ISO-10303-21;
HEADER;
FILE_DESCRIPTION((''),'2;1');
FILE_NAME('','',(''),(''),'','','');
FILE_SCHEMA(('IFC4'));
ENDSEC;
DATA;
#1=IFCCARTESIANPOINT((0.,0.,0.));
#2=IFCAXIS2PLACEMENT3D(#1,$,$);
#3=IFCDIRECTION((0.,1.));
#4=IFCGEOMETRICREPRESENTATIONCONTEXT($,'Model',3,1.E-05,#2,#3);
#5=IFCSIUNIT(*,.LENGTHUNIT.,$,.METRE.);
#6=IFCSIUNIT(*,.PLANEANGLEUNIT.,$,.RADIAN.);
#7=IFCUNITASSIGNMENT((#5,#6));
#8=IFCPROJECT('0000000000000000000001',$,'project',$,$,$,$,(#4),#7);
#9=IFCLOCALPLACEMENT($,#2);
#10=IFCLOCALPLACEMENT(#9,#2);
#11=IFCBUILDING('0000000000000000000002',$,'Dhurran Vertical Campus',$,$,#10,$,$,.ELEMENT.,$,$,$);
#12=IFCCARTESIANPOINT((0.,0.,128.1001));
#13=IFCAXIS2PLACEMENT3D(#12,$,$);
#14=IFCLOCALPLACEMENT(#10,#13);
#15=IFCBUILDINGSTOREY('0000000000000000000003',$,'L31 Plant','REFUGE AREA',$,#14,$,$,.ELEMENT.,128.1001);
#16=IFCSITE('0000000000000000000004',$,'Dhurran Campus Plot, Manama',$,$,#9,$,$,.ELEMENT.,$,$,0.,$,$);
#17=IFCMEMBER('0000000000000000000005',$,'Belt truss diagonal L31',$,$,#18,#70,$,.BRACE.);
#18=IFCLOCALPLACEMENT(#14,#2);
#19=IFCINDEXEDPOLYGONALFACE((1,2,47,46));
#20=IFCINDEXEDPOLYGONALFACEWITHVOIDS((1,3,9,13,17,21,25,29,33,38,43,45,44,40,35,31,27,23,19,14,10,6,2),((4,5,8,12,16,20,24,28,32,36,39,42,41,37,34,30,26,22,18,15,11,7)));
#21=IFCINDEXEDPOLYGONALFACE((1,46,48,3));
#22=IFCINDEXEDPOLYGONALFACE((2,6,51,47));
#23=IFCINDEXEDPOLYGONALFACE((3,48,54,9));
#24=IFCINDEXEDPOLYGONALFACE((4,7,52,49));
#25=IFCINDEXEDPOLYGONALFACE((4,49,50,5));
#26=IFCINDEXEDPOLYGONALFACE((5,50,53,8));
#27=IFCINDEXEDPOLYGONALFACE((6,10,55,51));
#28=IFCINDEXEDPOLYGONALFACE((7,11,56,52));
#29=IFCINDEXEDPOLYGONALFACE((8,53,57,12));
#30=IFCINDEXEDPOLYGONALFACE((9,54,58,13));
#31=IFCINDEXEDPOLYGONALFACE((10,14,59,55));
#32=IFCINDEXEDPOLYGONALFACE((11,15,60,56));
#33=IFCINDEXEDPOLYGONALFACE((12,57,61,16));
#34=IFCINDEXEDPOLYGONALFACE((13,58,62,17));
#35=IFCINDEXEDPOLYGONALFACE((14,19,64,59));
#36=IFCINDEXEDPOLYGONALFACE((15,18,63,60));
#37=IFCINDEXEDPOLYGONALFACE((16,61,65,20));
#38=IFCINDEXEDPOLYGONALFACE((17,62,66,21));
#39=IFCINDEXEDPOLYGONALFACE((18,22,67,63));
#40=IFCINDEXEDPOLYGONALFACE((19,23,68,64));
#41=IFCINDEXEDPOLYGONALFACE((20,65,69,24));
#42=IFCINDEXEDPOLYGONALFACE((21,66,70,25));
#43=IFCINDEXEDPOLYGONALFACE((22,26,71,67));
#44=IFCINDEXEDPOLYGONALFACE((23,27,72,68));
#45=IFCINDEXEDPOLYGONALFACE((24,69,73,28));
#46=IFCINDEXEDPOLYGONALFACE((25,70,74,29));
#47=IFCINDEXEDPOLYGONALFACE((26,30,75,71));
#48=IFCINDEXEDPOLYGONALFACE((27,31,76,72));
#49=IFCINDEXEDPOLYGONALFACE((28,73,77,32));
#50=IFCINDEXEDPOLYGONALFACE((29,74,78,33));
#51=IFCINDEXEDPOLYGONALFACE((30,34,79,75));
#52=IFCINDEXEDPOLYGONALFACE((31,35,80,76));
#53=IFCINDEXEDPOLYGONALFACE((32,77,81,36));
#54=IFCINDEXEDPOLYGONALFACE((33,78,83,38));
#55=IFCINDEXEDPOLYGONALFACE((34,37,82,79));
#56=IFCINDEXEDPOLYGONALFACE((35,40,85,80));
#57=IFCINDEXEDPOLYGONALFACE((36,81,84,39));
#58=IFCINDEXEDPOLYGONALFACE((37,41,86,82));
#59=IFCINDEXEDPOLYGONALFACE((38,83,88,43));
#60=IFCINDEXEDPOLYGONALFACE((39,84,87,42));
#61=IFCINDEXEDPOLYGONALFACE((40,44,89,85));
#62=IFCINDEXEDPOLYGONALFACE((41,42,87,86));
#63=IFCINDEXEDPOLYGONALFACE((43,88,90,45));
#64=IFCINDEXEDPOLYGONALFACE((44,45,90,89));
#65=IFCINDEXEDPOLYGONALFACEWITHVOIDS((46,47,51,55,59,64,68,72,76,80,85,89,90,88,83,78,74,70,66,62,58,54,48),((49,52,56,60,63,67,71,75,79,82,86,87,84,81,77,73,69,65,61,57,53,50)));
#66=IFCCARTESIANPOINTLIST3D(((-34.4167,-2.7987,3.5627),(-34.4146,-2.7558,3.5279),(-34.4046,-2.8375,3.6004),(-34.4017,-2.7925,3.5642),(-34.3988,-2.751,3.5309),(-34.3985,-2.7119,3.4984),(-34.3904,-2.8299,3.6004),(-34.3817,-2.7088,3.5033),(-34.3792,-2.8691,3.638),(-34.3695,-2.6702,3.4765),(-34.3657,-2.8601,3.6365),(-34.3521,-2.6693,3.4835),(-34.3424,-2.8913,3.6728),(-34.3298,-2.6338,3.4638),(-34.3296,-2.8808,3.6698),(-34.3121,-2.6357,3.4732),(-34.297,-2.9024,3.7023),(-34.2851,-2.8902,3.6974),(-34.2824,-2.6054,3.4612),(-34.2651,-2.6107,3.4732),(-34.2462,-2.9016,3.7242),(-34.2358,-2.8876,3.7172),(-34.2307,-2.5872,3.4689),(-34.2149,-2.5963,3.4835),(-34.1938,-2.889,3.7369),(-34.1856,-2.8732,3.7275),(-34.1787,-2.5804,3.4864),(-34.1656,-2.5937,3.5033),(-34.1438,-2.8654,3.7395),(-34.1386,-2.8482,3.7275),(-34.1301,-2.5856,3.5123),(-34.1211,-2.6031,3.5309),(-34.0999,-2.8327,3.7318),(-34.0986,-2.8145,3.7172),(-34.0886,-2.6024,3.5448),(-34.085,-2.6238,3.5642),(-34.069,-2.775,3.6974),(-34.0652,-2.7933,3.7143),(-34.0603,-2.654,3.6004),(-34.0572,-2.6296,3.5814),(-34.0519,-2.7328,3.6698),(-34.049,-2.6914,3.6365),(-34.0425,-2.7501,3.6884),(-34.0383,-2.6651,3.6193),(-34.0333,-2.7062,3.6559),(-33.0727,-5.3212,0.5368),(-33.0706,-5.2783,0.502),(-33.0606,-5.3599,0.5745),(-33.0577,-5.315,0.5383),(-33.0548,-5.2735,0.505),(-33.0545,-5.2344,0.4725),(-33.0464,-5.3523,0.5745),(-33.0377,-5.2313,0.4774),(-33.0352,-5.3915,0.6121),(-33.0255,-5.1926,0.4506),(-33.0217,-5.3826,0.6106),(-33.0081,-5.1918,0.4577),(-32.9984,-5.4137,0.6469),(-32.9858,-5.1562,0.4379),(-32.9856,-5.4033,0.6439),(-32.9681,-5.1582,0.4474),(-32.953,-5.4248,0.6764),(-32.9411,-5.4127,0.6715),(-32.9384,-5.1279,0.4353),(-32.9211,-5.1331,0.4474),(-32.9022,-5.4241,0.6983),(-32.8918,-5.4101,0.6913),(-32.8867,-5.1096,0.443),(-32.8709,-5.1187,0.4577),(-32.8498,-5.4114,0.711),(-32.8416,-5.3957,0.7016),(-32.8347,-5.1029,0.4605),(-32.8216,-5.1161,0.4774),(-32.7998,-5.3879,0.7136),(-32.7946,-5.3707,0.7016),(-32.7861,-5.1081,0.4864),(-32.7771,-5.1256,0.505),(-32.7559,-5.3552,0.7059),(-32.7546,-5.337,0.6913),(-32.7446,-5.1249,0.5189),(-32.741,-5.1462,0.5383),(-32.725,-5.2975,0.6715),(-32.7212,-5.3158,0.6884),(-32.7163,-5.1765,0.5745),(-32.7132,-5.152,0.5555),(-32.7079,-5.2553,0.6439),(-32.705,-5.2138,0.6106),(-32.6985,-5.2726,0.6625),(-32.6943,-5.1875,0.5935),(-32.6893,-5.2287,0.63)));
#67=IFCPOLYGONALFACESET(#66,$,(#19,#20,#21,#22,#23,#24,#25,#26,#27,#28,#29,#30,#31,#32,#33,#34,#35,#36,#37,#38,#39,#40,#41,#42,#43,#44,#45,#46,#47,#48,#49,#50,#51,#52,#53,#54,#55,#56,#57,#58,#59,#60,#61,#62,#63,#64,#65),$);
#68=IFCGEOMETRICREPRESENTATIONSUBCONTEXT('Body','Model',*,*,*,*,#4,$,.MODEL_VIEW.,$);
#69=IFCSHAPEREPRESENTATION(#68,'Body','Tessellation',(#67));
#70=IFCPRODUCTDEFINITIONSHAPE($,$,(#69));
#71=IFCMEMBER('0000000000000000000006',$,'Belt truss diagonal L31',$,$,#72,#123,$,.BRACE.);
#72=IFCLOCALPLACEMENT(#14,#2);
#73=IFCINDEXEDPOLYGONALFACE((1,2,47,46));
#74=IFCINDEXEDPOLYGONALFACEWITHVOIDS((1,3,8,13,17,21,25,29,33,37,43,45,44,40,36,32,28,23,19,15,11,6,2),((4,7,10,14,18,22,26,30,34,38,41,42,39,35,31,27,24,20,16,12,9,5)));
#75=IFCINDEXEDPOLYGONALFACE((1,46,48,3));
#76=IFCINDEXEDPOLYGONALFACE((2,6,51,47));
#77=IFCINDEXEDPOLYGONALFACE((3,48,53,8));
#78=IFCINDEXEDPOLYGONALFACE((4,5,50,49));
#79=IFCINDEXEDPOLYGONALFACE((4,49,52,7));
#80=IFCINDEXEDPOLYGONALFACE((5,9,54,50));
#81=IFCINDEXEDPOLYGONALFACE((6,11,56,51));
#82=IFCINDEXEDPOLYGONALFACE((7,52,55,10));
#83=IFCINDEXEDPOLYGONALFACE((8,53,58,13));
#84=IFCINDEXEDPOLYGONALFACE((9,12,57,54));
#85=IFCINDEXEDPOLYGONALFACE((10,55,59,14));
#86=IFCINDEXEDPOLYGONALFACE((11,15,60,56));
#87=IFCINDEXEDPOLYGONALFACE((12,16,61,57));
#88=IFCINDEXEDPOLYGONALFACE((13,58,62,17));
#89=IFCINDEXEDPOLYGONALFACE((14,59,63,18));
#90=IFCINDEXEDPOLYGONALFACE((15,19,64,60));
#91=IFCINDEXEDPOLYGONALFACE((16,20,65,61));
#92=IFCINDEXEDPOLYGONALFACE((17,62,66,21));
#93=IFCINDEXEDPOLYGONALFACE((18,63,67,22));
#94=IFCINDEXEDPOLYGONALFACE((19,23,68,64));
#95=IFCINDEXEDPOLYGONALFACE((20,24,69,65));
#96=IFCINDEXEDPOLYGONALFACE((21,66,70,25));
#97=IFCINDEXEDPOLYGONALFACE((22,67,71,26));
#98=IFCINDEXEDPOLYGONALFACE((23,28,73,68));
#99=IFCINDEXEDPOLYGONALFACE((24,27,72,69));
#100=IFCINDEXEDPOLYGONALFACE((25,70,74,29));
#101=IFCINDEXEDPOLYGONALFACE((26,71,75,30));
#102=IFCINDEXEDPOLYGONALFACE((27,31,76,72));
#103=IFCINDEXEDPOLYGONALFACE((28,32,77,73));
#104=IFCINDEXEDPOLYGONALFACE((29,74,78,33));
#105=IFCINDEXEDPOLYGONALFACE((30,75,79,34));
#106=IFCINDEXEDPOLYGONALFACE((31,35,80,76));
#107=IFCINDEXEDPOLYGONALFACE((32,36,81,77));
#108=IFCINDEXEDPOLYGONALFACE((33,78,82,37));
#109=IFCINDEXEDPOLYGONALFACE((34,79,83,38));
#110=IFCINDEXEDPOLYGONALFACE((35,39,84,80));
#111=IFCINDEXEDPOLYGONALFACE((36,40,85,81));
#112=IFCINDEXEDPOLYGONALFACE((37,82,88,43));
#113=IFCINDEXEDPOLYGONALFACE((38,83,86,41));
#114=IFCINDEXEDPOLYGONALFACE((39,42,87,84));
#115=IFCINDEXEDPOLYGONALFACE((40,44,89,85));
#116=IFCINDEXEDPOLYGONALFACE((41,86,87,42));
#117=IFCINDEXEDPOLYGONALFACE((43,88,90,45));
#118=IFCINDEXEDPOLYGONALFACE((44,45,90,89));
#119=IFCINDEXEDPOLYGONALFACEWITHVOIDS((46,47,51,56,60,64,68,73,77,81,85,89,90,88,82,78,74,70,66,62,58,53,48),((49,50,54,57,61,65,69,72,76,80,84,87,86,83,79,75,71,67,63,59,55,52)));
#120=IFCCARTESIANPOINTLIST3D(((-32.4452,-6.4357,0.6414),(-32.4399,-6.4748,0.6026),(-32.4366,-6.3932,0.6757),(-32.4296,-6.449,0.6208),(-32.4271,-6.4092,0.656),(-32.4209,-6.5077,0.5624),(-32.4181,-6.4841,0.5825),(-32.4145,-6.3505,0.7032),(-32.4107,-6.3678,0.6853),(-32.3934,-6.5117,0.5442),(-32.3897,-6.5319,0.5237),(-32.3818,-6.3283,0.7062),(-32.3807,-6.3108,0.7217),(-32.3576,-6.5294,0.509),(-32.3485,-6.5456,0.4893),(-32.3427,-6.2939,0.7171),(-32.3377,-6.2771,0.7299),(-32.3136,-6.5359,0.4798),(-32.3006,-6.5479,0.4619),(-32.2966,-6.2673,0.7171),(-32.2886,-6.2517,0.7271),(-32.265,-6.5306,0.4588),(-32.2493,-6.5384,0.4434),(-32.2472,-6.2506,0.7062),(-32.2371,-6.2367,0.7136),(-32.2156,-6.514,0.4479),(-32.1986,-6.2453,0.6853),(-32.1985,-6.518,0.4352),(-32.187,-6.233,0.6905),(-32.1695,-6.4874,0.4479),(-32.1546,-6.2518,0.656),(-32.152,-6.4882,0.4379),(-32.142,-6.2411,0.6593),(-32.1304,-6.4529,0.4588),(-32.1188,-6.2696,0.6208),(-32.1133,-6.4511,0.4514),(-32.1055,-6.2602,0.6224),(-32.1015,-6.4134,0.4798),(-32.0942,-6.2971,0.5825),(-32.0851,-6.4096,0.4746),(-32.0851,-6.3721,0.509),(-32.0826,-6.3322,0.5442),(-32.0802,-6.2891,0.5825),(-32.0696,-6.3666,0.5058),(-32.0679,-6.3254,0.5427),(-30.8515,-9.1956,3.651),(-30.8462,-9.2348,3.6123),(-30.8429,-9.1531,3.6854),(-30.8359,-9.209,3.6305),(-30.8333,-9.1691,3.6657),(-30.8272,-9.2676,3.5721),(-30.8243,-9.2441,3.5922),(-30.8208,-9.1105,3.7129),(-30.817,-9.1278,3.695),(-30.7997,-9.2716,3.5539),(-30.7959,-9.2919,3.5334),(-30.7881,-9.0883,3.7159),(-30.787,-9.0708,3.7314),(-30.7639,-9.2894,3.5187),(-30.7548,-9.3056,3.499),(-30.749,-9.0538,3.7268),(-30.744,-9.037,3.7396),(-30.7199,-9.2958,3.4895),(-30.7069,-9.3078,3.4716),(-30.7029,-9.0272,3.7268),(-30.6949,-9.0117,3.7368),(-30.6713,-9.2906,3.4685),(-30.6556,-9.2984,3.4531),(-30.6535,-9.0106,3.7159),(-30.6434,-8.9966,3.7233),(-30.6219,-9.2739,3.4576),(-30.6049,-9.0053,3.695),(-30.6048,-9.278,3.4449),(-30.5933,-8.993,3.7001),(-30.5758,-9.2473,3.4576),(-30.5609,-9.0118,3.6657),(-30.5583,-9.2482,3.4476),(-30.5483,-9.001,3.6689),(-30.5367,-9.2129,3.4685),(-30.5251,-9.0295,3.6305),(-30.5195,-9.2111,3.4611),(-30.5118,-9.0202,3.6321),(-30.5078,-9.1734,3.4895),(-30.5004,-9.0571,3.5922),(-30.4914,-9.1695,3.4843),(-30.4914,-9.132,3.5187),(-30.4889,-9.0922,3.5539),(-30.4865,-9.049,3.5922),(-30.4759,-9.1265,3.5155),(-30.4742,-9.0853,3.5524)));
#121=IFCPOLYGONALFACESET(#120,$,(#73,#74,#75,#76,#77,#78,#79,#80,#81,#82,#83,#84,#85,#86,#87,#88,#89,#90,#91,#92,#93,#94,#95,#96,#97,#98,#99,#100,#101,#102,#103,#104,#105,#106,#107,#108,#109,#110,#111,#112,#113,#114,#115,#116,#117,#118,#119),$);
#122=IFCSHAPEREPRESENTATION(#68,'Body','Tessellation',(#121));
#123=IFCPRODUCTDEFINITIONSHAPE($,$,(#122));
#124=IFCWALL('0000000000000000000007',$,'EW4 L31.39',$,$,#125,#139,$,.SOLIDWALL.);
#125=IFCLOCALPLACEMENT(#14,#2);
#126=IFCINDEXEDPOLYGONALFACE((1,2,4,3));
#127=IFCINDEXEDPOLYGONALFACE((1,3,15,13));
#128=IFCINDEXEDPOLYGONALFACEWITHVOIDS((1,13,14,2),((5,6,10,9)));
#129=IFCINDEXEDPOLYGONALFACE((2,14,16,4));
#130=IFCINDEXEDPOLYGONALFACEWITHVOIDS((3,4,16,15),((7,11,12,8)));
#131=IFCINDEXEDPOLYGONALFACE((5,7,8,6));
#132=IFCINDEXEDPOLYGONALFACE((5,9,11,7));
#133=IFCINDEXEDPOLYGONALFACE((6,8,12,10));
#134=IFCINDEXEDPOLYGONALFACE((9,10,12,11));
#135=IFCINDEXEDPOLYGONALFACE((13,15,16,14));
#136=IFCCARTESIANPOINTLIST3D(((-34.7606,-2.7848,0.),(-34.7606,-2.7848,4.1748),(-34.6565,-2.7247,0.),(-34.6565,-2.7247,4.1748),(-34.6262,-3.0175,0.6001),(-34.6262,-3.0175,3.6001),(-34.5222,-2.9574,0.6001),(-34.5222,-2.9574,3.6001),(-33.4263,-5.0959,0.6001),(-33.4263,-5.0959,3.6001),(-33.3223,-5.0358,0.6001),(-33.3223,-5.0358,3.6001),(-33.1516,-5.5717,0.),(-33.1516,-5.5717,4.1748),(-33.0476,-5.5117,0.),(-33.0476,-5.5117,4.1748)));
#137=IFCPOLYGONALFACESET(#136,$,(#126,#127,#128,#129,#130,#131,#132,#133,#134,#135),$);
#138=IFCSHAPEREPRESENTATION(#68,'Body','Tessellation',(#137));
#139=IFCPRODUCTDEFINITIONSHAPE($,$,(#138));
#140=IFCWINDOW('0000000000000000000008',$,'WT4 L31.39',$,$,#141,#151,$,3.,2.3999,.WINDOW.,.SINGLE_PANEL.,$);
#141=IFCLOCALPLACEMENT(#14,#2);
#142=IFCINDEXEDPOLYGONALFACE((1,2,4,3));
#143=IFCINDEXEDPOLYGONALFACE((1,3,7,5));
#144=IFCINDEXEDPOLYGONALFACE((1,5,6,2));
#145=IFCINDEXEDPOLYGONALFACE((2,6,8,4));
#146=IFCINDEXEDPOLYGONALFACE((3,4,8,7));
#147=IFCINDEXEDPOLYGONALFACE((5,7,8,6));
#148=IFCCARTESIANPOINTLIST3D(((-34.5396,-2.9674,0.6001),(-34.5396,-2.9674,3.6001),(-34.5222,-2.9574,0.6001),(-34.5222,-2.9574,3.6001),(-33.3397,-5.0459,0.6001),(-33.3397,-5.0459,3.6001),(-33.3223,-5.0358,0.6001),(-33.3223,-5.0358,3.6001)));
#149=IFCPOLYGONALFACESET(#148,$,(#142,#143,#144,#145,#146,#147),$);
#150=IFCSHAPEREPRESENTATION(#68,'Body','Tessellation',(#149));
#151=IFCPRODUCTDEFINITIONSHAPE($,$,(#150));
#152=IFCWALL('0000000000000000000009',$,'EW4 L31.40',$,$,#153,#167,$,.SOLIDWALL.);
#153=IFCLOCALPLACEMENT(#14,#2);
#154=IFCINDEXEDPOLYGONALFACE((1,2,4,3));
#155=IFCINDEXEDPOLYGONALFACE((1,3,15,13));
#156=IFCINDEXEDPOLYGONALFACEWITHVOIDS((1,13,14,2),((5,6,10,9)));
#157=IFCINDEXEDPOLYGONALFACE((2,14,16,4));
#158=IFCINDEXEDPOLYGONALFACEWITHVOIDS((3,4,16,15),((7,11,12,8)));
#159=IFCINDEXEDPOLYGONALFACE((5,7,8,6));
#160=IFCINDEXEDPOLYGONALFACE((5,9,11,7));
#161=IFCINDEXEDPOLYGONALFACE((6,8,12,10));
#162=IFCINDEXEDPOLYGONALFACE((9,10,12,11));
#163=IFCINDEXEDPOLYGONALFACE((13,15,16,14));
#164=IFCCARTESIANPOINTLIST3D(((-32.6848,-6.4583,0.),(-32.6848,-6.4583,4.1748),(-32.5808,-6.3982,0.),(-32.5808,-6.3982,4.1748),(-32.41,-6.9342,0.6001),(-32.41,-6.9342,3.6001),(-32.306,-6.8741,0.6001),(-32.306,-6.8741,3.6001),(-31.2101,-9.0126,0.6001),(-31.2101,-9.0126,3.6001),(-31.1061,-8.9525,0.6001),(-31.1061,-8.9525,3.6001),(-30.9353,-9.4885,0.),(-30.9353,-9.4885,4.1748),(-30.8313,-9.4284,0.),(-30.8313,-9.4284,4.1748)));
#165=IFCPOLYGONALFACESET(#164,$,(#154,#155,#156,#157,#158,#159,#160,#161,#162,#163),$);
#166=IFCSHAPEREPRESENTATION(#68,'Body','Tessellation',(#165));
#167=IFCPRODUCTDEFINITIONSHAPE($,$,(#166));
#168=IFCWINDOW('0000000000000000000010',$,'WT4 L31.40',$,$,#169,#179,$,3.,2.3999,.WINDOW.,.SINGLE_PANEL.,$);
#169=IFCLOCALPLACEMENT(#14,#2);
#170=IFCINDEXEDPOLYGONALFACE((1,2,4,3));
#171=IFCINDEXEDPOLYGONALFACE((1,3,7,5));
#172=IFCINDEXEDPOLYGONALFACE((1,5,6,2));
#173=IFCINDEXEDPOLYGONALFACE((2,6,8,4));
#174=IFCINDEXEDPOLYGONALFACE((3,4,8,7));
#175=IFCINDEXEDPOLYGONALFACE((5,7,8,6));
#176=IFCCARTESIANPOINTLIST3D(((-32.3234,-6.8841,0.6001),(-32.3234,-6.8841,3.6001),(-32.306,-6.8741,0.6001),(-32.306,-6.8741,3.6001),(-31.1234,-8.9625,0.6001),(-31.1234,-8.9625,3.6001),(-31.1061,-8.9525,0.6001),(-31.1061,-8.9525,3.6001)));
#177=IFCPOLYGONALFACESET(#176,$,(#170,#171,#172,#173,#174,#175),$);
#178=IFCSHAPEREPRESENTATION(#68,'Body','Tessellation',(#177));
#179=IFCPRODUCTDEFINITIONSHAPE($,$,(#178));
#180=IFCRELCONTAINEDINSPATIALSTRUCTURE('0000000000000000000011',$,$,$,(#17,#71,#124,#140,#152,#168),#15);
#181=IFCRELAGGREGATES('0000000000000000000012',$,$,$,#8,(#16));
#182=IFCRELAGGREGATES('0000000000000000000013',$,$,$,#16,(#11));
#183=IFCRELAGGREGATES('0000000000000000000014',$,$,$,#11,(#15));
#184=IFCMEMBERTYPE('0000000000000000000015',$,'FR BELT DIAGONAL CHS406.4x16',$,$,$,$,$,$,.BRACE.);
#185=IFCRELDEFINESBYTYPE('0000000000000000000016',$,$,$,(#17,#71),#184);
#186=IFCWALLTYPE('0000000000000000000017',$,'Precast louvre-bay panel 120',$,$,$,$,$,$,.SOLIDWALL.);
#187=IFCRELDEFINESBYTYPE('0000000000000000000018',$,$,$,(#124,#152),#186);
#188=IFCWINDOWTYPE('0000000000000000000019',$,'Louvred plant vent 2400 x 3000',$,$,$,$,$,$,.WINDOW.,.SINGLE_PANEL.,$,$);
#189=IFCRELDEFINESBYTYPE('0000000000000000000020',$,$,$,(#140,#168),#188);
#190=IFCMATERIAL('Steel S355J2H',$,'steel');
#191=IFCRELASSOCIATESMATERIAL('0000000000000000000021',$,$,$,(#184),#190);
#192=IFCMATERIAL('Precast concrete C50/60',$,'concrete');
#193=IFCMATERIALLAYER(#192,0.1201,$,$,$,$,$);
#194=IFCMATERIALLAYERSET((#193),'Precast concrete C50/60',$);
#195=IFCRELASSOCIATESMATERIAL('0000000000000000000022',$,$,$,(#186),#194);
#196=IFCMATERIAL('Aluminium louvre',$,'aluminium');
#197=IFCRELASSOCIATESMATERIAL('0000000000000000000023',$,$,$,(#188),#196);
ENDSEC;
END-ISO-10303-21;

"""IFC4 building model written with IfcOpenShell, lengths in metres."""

from ifc_helpers import new_model, si_unit, direction, frame, frame_2d, origin, origin_2d, place, context, subcontext, project, spatial, rectangle, hollow_circle, extrude, material, layer, layer_set, material_profile, profile_set, type_object, element, fill, save


model = new_model("IFC4")

# Units and contexts
model_context = context("Model", 3, precision=1e-05, world=origin(), true_north=direction((0.0, 1.0)))
body_context = subcontext(model_context, "Body", "Model", "MODEL_VIEW")
ifc_project = project(units=[si_unit("LENGTHUNIT", "METRE"), si_unit("PLANEANGLEUNIT", "RADIAN")], contexts=[model_context])

# Site, building, storey
site_placement = place(None, origin())
site = spatial("IfcSite", under=ifc_project, at=site_placement, Name="Dhurran Campus Plot, Manama", CompositionType="ELEMENT", RefElevation=0.0)
building_placement = place(site_placement, origin())
building = spatial("IfcBuilding", under=site, at=building_placement, Name="Dhurran Vertical Campus", CompositionType="ELEMENT")
storey_placement = place(building_placement, frame((0.0, 0.0, 128.1001)))
storey = spatial("IfcBuildingStorey", under=building, at=storey_placement, Name="L31 Plant", Description="REFUGE AREA", CompositionType="ELEMENT", Elevation=128.1001)

# Members
ifc_material_1 = material(Name="Steel S355J2H", Category="steel")
ifc_material_profile_1 = material_profile(ifc_material_1, hollow_circle(Radius=0.2031, WallThickness=0.0161, at=origin_2d()), Name="CHS406.4x16")
ifc_profile_set_1 = profile_set([ifc_material_profile_1], Name="Steel S355J2H")
member_type = type_object("IfcMemberType", Name="FR BELT DIAGONAL CHS406.4x16", PredefinedType="BRACE", material=ifc_profile_set_1)
member_1_placement = place(storey_placement, frame((-32.8813, -5.2644, 0.5745), z_axis=(-0.322894, 0.60602, 0.726966), x_axis=(-0.882544, -0.470229, 0.0)))
element("IfcMember", 1, at=member_1_placement, inside=storey, type_object=member_type, Name="Belt truss diagonal L31", PredefinedType="BRACE", context=body_context, shape_type="SweptSolid", body=[
    extrude(hollow_circle(Radius=0.2031, WallThickness=0.0161, at=origin_2d()), origin(), (0.0, 0.0, 1.0), 4.1624),
])
member_2_placement = place(storey_placement, frame((-32.2561, -6.3906, 0.5825), z_axis=(0.363567, -0.629615, 0.686589), x_axis=(0.86599, 0.500061, 0.0)))
element("IfcMember", 2, at=member_2_placement, inside=storey, type_object=member_type, Name="Belt truss diagonal L31", PredefinedType="BRACE", context=body_context, shape_type="SweptSolid", body=[
    extrude(hollow_circle(Radius=0.2031, WallThickness=0.0161, at=origin_2d()), origin(), (0.0, 0.0, 1.0), 4.3835),
])

# Walls, openings, windows
ifc_material_2 = material(Name="Precast concrete C50/60", Category="concrete")
ifc_layer_1 = layer(ifc_material_2, 0.1201)
ifc_layer_set_1 = layer_set([ifc_layer_1], Name="Precast concrete C50/60")
wall_type_1 = type_object("IfcWallType", Name="Precast louvre-bay panel 120", PredefinedType="SOLIDWALL", material=ifc_layer_set_1)
wall_1_placement = place(storey_placement, frame((-34.7085, -2.7549, 0.0), z_axis=(0.0, 0.0, 1.0), x_axis=(0.499974, -0.86604, 0.0)))
wall_1 = element("IfcWall", 3, at=wall_1_placement, inside=storey, type_object=wall_type_1, Name="EW4 L31.39", PredefinedType="SOLIDWALL", context=body_context, shape_type="SweptSolid", body=[
    extrude(rectangle(XDim=3.218, YDim=0.1201, at=frame_2d((1.6089, 0.0))), origin(), (0.0, 0.0, 1.0), 4.1748),
])
opening_1_placement = place(wall_1_placement, frame((0.2686, 0.0, 0.6001)))
opening_1 = element("IfcOpeningElement", 4, at=opening_1_placement, cuts=wall_1, PredefinedType="OPENING", context=body_context, shape_type="SweptSolid", body=[
    extrude(rectangle(XDim=2.3999, YDim=3.0, at=frame_2d((1.2, 1.5))), frame((0.0, 0.0701, 0.0), z_axis=(0.0, -1.0, 0.0), x_axis=(1.0, 0.0, 0.0)), (0.0, 0.0, 1.0), 0.1401),
])
ifc_material_3 = material(Name="Aluminium louvre", Category="aluminium")
window_type = type_object("IfcWindowType", Name="Louvred plant vent 2400 x 3000", PartitioningType="SINGLE_PANEL", PredefinedType="WINDOW", material=ifc_material_3)
window_1_placement = place(opening_1_placement, origin())
window_1 = element("IfcWindow", 5, at=window_1_placement, inside=storey, type_object=window_type, Name="WT4 L31.39", OverallHeight=3.0, OverallWidth=2.3999, PartitioningType="SINGLE_PANEL", PredefinedType="WINDOW", context=body_context, shape_type="SweptSolid", body=[
    extrude(rectangle(XDim=2.3999, YDim=3.0, at=frame_2d((1.2, 1.5))), frame((0.0, 0.0601, 0.0), z_axis=(0.0, -1.0, 0.0), x_axis=(1.0, 0.0, 0.0)), (0.0, 0.0, 1.0), 0.02),
])
fill(opening_1, window_1)
wall_2_placement = place(storey_placement, frame((-32.6328, -6.4282, 0.0), z_axis=(0.0, 0.0, 1.0), x_axis=(0.499996, -0.866028, 0.0)))
wall_2 = element("IfcWall", 6, at=wall_2_placement, inside=storey, type_object=wall_type_1, Name="EW4 L31.40", PredefinedType="SOLIDWALL", context=body_context, shape_type="SweptSolid", body=[
    extrude(rectangle(XDim=3.499, YDim=0.1201, at=frame_2d((1.7495, 0.0))), origin(), (0.0, 0.0, 1.0), 4.1748),
])
opening_2_placement = place(wall_2_placement, frame((0.5496, 0.0, 0.6001)))
opening_2 = element("IfcOpeningElement", 7, at=opening_2_placement, cuts=wall_2, PredefinedType="OPENING", context=body_context, shape_type="SweptSolid", body=[
    extrude(rectangle(XDim=2.3999, YDim=3.0, at=frame_2d((1.2, 1.5))), frame((0.0, 0.0701, 0.0), z_axis=(0.0, -1.0, 0.0), x_axis=(1.0, 0.0, 0.0)), (0.0, 0.0, 1.0), 0.1401),
])
window_2_placement = place(opening_2_placement, origin())
window_2 = element("IfcWindow", 8, at=window_2_placement, inside=storey, type_object=window_type, Name="WT4 L31.40", OverallHeight=3.0, OverallWidth=2.3999, PartitioningType="SINGLE_PANEL", PredefinedType="WINDOW", context=body_context, shape_type="SweptSolid", body=[
    extrude(rectangle(XDim=2.3999, YDim=3.0, at=frame_2d((1.2, 1.5))), frame((0.0, 0.0601, 0.0), z_axis=(0.0, -1.0, 0.0), x_axis=(1.0, 0.0, 0.0)), (0.0, 0.0, 1.0), 0.02),
])
fill(opening_2, window_2)

save(model, "model.ifc")
